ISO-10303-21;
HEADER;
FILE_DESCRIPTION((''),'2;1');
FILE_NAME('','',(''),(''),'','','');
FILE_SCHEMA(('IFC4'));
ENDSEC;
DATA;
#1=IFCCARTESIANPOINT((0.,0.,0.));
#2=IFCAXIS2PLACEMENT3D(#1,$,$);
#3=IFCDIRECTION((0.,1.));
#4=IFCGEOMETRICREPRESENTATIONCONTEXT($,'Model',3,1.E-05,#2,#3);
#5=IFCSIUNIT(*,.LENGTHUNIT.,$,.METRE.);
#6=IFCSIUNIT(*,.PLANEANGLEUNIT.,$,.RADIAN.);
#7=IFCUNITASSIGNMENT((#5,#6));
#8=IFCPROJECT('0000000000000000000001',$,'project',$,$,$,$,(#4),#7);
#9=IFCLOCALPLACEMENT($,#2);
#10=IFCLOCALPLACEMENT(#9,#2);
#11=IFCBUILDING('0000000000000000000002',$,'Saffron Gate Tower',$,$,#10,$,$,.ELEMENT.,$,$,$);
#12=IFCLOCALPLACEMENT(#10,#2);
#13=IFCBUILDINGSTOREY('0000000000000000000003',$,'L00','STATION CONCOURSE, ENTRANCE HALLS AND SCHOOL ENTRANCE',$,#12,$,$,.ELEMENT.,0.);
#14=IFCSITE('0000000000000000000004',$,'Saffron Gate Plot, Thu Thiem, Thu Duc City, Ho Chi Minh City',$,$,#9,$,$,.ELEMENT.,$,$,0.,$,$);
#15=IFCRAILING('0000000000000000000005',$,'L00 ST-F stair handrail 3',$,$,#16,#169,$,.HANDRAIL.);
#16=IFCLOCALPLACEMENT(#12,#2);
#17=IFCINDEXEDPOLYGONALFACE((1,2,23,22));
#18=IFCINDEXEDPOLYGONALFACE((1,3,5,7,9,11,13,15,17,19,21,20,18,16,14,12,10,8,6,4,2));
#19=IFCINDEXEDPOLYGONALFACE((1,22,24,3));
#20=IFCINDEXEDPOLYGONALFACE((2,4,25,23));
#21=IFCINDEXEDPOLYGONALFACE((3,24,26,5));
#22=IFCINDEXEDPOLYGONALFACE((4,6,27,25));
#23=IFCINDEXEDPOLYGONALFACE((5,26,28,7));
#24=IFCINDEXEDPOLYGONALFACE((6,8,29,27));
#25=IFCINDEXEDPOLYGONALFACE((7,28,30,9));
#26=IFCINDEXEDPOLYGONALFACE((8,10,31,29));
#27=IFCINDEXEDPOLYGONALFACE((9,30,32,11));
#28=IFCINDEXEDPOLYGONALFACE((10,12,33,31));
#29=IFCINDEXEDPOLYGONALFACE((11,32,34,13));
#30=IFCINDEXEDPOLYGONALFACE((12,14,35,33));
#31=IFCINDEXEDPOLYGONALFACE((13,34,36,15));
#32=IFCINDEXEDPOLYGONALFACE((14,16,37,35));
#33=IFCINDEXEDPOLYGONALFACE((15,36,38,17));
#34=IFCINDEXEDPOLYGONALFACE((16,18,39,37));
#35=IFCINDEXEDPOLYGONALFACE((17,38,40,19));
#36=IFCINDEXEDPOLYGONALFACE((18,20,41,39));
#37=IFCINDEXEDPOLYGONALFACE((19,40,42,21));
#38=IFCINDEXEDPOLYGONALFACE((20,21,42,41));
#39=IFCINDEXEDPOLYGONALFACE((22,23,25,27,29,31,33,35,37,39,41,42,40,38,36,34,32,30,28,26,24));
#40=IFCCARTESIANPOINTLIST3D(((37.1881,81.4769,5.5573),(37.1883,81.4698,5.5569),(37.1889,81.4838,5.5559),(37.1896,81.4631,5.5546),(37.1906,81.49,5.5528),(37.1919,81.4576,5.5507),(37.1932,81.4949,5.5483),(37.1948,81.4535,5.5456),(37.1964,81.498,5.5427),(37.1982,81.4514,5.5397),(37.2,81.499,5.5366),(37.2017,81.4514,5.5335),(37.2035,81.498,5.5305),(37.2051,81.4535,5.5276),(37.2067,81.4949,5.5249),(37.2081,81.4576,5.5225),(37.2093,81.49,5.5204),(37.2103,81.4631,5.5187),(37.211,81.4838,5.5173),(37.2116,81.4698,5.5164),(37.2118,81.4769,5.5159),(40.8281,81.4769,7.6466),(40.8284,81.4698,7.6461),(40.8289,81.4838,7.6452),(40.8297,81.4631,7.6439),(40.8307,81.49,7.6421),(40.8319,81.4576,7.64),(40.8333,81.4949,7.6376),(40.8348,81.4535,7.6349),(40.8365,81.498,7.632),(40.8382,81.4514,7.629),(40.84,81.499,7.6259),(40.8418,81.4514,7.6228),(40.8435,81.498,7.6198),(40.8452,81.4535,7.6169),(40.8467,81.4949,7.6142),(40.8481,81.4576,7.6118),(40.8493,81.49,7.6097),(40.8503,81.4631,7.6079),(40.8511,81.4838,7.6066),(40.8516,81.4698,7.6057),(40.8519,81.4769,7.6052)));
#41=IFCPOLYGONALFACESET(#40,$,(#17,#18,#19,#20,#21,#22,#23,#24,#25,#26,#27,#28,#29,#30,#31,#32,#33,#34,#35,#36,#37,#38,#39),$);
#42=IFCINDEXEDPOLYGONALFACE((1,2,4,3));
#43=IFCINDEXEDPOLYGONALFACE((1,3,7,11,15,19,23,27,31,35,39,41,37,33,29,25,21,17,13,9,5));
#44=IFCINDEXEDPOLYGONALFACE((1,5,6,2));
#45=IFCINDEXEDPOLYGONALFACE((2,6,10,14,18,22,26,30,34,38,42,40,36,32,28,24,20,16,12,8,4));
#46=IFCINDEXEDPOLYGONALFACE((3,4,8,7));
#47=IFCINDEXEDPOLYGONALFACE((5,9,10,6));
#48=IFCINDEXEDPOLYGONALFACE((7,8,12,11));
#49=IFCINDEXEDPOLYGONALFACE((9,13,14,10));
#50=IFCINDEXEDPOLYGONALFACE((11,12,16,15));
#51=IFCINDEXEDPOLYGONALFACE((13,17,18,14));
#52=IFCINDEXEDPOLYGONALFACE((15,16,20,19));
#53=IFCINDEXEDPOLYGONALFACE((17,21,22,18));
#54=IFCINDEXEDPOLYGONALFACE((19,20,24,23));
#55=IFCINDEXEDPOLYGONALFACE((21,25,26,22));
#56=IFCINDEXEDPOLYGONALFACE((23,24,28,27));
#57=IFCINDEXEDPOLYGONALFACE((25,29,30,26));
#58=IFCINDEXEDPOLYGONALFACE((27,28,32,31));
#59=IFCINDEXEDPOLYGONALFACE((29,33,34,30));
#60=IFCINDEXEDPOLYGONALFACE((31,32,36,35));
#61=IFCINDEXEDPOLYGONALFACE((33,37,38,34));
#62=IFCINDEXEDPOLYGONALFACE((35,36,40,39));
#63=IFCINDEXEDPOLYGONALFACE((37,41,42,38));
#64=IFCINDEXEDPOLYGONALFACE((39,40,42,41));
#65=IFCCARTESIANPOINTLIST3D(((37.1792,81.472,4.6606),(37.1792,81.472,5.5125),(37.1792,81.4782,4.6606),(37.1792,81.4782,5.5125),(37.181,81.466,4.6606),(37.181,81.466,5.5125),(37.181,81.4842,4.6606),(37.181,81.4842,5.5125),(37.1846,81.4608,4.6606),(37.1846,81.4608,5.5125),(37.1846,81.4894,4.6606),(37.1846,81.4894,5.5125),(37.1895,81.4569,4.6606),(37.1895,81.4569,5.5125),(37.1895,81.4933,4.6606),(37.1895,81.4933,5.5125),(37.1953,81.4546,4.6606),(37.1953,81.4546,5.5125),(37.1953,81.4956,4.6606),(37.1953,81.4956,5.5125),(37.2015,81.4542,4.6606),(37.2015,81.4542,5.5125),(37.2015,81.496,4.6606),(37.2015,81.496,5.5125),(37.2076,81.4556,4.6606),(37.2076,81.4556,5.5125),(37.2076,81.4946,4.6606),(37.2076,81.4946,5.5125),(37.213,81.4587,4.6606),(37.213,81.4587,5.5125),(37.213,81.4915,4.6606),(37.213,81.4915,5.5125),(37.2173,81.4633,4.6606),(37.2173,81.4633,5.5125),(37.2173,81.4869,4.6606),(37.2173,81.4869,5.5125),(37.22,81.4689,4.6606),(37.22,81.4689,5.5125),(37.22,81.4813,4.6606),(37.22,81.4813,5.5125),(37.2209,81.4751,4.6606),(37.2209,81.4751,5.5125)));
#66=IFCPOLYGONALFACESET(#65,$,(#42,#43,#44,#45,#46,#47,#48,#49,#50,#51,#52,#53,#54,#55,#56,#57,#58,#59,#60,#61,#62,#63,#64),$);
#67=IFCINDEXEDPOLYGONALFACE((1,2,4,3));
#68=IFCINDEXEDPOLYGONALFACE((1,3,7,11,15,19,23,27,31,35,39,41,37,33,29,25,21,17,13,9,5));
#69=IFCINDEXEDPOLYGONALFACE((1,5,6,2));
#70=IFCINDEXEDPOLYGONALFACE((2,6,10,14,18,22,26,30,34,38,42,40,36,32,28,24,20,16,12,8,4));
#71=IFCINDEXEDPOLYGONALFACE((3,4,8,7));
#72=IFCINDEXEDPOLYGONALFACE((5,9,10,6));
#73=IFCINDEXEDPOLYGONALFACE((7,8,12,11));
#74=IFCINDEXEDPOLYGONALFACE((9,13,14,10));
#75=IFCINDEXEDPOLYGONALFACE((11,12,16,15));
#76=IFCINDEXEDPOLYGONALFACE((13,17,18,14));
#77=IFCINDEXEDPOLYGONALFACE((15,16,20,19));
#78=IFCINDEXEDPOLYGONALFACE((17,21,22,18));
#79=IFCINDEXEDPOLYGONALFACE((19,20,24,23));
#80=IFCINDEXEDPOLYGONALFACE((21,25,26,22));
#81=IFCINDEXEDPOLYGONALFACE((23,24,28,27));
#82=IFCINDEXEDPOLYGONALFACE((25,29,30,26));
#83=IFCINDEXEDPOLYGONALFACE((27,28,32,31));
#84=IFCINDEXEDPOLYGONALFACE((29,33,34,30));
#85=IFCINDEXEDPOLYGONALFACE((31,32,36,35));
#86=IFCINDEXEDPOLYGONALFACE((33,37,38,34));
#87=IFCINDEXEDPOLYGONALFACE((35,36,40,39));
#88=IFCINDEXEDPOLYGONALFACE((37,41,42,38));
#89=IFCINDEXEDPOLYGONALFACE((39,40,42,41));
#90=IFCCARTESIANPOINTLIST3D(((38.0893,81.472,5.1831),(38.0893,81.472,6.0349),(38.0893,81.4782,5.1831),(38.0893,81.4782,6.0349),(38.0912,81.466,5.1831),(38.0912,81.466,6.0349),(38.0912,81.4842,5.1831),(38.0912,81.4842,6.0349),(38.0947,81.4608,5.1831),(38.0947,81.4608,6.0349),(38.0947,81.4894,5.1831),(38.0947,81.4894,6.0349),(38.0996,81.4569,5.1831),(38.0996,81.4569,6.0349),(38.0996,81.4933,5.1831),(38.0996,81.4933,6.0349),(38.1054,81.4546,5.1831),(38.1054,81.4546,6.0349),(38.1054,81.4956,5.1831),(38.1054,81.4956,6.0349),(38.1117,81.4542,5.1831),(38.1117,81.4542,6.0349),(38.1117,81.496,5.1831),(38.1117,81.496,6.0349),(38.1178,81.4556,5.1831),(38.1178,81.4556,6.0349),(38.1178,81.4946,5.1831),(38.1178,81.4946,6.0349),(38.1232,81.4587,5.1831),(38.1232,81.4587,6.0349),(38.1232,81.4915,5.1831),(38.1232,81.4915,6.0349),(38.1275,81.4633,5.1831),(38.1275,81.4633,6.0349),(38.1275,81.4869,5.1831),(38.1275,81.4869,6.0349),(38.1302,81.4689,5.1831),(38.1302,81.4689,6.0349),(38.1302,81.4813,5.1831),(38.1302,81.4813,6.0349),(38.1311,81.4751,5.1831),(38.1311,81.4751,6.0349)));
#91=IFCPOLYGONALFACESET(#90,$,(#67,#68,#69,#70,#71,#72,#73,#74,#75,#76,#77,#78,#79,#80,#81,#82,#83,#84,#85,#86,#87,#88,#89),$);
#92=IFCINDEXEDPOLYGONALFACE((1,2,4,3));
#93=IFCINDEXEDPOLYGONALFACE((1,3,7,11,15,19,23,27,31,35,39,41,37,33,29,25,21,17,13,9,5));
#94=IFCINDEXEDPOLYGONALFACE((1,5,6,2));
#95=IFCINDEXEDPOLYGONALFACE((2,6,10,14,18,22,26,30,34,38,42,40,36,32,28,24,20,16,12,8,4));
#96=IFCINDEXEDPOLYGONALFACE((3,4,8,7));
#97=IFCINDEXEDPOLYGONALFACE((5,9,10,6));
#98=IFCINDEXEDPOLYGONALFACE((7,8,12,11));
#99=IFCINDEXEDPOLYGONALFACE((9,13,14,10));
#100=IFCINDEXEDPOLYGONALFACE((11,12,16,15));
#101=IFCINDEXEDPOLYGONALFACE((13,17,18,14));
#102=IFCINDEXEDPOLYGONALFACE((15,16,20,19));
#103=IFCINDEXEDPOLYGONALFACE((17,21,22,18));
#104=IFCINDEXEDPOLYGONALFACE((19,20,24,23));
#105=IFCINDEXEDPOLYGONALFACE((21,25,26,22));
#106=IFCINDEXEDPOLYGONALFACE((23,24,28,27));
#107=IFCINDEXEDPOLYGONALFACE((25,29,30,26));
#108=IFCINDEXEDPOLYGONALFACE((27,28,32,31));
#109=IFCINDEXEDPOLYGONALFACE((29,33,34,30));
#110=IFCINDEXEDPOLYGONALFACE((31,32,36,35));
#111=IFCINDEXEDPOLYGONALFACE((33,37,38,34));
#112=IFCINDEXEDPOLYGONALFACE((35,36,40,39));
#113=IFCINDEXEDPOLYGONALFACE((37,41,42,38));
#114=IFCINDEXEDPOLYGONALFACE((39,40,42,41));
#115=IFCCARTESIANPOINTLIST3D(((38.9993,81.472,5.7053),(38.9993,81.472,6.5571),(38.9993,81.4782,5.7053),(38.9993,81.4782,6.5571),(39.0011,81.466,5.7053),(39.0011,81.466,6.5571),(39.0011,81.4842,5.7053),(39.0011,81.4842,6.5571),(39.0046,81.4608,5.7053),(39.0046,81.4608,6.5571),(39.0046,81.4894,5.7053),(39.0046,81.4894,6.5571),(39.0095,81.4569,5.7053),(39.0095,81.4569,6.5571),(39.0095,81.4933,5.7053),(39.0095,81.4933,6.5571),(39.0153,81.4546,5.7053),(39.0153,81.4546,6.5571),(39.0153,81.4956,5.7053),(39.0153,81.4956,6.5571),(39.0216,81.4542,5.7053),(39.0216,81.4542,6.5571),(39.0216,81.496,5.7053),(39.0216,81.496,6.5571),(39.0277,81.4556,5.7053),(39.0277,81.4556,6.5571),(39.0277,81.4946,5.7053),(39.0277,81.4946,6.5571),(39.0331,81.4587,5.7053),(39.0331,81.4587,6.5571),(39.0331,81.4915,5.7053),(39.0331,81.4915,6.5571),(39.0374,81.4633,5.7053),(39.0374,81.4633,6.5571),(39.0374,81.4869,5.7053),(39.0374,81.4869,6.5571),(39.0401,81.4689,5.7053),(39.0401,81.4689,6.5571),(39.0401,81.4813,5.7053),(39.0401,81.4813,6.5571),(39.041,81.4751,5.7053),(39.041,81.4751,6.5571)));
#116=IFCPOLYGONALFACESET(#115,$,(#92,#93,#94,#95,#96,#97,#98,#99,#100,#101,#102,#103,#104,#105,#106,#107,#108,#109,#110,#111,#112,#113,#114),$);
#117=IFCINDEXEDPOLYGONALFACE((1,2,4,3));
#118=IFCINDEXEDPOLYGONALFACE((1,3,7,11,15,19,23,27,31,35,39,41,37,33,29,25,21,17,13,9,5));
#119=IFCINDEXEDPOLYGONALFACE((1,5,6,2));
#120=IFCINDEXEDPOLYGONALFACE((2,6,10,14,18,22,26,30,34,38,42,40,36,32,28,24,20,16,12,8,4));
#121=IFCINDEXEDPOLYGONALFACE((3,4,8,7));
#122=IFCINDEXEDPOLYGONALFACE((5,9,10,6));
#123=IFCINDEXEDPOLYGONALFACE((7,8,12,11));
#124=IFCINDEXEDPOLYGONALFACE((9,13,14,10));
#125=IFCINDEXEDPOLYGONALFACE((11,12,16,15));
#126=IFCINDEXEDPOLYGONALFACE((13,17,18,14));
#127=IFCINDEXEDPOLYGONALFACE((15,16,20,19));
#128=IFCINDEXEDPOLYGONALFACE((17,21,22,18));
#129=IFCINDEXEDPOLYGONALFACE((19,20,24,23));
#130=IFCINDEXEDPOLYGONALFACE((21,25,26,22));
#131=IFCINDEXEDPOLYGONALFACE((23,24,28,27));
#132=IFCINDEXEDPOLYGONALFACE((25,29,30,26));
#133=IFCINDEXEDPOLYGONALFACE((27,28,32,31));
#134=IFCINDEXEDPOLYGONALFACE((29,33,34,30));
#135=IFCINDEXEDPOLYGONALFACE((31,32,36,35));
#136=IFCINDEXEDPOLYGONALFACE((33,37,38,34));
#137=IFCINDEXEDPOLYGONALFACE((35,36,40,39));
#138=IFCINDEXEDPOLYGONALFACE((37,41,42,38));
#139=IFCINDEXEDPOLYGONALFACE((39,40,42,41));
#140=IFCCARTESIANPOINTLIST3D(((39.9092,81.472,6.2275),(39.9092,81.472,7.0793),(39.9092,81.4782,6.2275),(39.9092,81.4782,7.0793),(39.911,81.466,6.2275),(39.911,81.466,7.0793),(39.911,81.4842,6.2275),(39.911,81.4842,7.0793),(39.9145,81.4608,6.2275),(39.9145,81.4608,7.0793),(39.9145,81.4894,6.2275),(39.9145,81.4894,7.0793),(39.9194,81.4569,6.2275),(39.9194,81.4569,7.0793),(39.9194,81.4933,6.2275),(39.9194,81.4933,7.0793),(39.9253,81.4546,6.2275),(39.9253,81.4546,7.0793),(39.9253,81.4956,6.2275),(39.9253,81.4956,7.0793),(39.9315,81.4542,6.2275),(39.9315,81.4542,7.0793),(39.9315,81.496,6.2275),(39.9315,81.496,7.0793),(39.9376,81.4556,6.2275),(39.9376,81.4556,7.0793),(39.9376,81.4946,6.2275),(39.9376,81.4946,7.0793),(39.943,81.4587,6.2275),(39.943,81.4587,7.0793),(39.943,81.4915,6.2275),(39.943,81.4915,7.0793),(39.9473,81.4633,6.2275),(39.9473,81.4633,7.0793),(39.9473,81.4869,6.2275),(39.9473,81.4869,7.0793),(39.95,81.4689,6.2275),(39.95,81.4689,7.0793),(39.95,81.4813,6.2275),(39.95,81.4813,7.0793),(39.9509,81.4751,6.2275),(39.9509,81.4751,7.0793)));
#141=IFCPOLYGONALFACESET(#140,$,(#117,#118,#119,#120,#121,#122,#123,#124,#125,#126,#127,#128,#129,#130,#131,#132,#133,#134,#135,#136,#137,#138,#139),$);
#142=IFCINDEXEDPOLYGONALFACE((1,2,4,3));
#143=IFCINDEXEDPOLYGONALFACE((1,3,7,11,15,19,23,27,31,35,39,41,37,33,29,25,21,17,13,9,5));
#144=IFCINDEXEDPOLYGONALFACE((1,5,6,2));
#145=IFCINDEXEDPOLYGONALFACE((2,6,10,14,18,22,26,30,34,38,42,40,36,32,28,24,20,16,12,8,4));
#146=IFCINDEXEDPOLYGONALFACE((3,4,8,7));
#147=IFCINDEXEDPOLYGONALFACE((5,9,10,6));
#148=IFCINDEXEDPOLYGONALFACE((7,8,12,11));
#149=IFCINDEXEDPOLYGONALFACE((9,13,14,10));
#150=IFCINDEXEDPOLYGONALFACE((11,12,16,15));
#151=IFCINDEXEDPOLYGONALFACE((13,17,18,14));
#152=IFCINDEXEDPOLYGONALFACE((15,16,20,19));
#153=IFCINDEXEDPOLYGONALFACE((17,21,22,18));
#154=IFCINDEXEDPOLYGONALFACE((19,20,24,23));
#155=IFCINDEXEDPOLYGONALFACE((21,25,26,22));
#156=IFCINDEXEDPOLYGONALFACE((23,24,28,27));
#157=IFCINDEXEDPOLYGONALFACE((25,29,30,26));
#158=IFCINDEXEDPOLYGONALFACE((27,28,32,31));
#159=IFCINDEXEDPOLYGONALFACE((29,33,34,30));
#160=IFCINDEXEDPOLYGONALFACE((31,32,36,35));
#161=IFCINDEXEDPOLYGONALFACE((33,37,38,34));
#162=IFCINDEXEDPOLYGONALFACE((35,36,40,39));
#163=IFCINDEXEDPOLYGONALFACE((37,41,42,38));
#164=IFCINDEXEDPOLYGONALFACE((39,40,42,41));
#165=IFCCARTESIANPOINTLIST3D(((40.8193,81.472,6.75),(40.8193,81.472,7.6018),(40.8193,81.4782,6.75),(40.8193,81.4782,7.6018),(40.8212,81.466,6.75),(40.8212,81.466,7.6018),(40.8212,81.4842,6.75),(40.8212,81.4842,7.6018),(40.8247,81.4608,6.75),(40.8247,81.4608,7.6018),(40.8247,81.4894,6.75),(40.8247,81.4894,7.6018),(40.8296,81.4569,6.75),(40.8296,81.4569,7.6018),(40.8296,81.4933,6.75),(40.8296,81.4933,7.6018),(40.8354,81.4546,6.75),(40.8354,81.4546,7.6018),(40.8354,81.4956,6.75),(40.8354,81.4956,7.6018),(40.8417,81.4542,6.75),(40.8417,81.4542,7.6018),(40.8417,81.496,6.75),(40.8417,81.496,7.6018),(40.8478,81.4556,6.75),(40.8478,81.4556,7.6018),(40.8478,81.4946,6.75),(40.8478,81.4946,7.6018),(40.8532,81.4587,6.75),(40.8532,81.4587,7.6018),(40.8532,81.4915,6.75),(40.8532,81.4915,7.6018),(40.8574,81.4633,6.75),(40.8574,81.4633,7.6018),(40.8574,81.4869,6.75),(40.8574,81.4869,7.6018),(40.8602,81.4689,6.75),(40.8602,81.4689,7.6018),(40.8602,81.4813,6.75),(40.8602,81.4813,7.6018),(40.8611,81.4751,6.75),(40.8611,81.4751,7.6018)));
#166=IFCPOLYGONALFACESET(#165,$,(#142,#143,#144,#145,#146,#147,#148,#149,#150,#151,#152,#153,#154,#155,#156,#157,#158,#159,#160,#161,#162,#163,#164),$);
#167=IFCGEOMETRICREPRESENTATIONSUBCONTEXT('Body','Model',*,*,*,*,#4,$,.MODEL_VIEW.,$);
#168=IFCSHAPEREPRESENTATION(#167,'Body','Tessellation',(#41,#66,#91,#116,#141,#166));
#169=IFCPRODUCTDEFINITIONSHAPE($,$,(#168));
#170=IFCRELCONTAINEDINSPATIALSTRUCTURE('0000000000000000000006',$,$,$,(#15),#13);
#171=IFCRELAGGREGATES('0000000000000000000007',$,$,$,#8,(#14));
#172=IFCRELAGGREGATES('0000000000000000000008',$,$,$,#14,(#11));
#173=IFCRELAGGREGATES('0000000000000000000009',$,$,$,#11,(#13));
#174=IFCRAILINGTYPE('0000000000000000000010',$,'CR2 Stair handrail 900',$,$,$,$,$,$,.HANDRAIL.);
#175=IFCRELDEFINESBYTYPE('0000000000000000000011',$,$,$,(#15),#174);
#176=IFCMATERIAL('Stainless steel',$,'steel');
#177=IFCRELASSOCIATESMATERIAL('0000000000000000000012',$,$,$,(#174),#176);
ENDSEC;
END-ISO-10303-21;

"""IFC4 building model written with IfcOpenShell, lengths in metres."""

from ifc_helpers import new_model, si_unit, direction, frame, origin, origin_2d, place, context, subcontext, project, spatial, circle, extrude, material, type_object, element, save


model = new_model("IFC4")

# Units and contexts
model_context = context("Model", 3, precision=1e-05, world=origin(), true_north=direction((0.0, 1.0)))
body_context = subcontext(model_context, "Body", "Model", "MODEL_VIEW")
ifc_project = project(units=[si_unit("LENGTHUNIT", "METRE"), si_unit("PLANEANGLEUNIT", "RADIAN")], contexts=[model_context])

# Site, building, storey
site_placement = place(None, origin())
site = spatial("IfcSite", under=ifc_project, at=site_placement, Name="Saffron Gate Plot, Thu Thiem, Thu Duc City, Ho Chi Minh City", CompositionType="ELEMENT", RefElevation=0.0)
building_placement = place(site_placement, origin())
building = spatial("IfcBuilding", under=site, at=building_placement, Name="Saffron Gate Tower", CompositionType="ELEMENT")
storey_placement = place(building_placement, origin())
storey = spatial("IfcBuildingStorey", under=building, at=storey_placement, Name="L00", Description="STATION CONCOURSE, ENTRANCE HALLS AND SCHOOL ENTRANCE", CompositionType="ELEMENT", Elevation=0.0)

# Railing
ifc_material_1 = material(Name="Stainless steel", Category="steel")
railing_type_1 = type_object("IfcRailingType", Name="CR2 Stair handrail 900", PredefinedType="HANDRAIL", material=ifc_material_1)
railing_1_placement = place(storey_placement, frame((37.2, 81.4751, 4.6606)))
element("IfcRailing", 1, at=railing_1_placement, inside=storey, type_object=railing_type_1, Name="L00 ST-F stair handrail 3", PredefinedType="HANDRAIL", context=body_context, shape_type="SweptSolid", body=[
    extrude(circle(Radius=0.0239, at=origin_2d()), frame((0.0, 0.0, 0.876), z_axis=(0.867289, 0.0, 0.497804), x_axis=(0.0, 1.0, 0.0)), (0.0, 0.0, 1.0), 4.197),
    extrude(circle(Radius=0.021, at=origin_2d()), origin(), (0.0, 0.0, 1.0), 0.8518),
    extrude(circle(Radius=0.021, at=origin_2d()), frame((0.9102, 0.0, 0.5225)), (0.0, 0.0, 1.0), 0.8518),
    extrude(circle(Radius=0.021, at=origin_2d()), frame((1.8201, 0.0, 1.0447)), (0.0, 0.0, 1.0), 0.8518),
    extrude(circle(Radius=0.021, at=origin_2d()), frame((2.73, 0.0, 1.5669)), (0.0, 0.0, 1.0), 0.8518),
    extrude(circle(Radius=0.021, at=origin_2d()), frame((3.6401, 0.0, 2.0894)), (0.0, 0.0, 1.0), 0.8518),
])

save(model, "model.ifc")
